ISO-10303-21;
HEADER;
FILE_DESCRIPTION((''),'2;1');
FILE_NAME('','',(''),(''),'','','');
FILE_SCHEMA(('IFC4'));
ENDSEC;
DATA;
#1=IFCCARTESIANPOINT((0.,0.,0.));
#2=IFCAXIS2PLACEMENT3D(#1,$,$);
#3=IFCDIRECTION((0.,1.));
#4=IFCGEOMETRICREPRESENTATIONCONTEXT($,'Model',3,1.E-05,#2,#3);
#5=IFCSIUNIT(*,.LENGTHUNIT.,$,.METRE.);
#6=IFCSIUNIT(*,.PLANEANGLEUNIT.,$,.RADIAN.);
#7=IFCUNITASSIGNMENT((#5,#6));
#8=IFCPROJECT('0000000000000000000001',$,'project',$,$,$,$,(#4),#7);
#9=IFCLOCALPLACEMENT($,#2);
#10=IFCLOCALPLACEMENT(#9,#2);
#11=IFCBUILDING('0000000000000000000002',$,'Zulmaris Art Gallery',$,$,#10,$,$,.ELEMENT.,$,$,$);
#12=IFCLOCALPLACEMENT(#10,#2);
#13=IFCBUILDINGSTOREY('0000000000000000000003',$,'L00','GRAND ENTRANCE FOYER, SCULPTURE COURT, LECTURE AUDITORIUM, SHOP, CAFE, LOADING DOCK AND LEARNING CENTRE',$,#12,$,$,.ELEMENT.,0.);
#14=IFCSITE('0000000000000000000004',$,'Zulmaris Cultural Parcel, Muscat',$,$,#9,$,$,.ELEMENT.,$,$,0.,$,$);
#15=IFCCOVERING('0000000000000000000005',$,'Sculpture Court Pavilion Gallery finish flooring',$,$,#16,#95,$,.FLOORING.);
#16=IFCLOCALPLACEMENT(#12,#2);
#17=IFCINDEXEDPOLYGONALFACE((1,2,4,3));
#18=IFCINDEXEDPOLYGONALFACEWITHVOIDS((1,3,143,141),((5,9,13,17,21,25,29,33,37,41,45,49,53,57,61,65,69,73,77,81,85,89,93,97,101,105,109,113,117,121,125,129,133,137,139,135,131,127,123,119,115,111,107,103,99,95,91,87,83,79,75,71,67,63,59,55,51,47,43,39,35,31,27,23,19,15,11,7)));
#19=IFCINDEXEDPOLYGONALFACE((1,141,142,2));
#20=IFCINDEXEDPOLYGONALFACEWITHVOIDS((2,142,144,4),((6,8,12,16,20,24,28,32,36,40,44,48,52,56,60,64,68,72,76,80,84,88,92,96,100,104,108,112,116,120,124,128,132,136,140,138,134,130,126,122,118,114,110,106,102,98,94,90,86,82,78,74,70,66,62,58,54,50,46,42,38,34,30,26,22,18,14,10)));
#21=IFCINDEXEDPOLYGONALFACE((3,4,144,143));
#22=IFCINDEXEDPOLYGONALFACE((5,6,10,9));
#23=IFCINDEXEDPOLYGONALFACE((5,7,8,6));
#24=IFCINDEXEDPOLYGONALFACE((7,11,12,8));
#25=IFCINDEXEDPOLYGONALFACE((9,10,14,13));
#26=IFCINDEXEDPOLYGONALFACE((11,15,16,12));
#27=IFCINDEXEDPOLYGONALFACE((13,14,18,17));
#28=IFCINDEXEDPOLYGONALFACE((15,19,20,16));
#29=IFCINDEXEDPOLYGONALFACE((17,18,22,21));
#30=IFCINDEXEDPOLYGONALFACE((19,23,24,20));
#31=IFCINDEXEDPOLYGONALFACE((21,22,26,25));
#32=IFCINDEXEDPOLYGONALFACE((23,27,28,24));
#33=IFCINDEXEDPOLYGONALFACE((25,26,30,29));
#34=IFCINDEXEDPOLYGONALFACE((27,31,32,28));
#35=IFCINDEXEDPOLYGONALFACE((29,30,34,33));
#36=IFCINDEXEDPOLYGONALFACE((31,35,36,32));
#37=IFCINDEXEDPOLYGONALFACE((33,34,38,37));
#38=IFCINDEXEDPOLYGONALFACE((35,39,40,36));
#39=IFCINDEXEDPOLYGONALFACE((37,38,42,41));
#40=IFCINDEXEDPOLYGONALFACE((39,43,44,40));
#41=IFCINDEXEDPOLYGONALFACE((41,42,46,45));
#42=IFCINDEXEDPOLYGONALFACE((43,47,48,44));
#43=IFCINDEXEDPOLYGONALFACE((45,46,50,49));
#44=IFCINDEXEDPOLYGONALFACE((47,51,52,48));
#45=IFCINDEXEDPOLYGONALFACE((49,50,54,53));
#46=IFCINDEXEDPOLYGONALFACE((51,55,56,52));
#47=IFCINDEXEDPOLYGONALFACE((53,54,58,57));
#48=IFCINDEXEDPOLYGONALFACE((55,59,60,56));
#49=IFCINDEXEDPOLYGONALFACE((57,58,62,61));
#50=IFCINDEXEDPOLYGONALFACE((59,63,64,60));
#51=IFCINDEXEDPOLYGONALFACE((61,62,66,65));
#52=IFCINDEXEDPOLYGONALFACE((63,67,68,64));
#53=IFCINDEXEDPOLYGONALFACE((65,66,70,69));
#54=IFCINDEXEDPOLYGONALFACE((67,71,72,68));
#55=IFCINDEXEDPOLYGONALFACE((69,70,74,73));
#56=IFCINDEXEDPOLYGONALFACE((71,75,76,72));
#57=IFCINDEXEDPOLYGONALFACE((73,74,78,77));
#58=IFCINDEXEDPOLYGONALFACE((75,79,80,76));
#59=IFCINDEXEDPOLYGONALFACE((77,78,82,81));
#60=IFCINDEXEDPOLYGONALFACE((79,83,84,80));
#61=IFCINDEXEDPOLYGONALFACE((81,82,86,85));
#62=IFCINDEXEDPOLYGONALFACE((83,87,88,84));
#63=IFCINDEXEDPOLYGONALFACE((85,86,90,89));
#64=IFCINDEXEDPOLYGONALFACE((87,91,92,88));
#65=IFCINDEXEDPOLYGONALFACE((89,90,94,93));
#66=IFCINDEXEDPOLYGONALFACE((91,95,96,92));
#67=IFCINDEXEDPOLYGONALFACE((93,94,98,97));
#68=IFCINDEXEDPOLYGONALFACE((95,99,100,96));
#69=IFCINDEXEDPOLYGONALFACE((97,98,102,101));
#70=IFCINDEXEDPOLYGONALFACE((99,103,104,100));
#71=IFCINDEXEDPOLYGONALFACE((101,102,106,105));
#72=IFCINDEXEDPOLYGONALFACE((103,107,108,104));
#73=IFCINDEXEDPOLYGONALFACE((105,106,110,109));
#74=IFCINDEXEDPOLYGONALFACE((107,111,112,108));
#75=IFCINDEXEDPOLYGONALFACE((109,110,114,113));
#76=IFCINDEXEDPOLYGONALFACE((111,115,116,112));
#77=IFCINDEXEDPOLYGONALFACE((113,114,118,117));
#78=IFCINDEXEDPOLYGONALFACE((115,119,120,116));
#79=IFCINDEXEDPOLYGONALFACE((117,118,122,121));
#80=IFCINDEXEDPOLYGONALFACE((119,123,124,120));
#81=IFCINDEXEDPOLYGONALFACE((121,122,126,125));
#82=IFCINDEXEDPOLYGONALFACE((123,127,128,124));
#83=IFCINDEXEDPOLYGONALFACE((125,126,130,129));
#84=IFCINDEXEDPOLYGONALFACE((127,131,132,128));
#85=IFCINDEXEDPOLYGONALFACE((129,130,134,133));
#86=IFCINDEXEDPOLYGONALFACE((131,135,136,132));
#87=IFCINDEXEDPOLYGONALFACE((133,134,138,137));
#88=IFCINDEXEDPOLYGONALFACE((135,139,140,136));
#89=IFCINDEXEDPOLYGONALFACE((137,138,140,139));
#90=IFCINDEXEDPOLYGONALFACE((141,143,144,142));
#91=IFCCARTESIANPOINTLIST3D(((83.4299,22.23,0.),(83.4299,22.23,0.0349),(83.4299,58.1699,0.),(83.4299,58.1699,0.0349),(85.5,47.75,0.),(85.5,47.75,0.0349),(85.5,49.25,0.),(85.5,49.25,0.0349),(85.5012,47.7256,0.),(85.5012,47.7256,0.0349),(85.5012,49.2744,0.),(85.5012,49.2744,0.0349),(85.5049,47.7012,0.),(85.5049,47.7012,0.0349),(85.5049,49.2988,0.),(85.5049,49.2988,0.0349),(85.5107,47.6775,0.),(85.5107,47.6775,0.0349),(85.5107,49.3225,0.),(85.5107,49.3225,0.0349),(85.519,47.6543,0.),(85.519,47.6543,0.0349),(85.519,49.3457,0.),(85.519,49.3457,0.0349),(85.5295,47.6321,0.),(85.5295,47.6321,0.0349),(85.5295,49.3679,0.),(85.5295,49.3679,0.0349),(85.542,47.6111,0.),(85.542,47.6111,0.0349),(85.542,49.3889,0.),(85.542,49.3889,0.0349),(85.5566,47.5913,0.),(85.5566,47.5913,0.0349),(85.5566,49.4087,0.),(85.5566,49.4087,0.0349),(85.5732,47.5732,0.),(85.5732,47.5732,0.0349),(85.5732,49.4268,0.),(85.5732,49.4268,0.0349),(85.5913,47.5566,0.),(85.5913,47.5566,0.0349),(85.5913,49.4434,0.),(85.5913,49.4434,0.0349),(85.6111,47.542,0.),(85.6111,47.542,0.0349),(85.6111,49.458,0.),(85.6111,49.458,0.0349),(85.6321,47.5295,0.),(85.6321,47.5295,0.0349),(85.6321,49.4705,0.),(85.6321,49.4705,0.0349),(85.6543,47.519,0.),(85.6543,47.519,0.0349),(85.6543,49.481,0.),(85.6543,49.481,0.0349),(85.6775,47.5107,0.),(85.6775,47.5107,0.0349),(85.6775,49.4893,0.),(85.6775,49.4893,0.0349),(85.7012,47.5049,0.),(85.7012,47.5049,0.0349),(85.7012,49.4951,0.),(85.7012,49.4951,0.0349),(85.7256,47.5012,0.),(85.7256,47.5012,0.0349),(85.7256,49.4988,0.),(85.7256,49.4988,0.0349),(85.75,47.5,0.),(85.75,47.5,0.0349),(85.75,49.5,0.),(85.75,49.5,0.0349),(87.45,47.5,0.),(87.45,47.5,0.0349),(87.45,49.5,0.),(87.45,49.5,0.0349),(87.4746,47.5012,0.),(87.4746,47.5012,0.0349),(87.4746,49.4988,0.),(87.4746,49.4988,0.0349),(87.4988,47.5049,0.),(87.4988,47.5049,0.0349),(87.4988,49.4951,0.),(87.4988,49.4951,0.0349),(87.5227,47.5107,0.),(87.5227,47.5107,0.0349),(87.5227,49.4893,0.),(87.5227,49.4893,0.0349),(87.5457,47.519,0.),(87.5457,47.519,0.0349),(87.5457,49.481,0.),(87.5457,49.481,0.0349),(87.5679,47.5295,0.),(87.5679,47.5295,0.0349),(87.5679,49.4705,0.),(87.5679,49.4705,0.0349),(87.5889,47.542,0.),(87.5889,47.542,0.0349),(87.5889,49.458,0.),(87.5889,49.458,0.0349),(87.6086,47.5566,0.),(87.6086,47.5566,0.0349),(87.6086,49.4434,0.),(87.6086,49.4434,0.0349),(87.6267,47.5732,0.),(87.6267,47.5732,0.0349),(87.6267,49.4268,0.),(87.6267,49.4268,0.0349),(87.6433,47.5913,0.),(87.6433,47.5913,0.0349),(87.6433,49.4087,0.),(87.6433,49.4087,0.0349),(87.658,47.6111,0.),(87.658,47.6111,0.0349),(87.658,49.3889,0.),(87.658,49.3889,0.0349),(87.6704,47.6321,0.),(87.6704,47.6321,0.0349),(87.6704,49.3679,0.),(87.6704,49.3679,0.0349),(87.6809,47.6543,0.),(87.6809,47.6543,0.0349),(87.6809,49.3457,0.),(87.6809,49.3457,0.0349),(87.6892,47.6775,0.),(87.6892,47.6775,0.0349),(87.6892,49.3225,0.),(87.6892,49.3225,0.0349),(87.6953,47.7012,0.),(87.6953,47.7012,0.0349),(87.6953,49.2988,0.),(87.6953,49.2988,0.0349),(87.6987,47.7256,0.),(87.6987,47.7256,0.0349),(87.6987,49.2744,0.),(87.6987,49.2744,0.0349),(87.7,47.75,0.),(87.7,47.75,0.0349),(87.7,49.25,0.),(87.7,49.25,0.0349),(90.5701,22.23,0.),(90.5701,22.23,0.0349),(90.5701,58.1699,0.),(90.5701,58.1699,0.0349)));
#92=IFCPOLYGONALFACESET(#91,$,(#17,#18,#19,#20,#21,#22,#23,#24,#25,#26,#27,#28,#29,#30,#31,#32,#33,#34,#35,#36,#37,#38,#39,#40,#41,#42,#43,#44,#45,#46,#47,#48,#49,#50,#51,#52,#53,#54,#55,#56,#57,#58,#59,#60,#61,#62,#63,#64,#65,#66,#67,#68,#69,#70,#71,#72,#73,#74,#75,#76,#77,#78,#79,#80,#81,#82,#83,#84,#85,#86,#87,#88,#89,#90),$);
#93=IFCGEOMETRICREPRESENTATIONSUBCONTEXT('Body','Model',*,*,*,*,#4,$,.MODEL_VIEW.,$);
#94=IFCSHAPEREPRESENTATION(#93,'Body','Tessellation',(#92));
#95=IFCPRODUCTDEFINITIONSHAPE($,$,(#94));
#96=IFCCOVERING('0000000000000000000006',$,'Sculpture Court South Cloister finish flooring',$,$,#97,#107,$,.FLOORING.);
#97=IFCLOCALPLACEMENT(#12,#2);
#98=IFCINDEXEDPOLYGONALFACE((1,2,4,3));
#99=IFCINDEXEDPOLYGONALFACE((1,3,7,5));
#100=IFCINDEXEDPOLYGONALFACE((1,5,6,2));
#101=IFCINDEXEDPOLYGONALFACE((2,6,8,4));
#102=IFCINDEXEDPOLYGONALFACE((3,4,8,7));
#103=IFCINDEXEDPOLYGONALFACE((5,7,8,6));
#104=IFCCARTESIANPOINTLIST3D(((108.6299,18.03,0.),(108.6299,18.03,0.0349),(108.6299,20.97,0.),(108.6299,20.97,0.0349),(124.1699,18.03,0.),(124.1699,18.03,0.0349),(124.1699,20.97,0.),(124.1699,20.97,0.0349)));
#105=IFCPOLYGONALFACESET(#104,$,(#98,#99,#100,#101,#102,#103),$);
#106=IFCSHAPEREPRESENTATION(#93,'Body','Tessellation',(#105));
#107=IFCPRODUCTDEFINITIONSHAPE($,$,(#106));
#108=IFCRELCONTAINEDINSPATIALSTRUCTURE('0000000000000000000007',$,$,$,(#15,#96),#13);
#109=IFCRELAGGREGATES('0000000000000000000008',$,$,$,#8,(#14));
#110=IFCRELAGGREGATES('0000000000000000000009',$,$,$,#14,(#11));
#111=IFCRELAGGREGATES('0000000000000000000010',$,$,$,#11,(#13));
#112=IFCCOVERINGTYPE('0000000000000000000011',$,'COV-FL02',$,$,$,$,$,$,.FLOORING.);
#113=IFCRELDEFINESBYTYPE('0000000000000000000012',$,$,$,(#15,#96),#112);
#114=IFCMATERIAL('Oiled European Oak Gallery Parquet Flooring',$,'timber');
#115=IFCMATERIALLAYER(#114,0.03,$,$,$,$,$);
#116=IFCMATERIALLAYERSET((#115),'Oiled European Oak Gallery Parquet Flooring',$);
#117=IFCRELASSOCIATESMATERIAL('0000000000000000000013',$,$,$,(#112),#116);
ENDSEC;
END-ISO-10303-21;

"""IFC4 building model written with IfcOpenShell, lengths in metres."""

from ifc_helpers import new_model, si_unit, direction, origin, place, context, subcontext, project, spatial, polyline, outline, extrude, material, layer, layer_set, type_object, element, save


model = new_model("IFC4")

# Units and contexts
model_context = context("Model", 3, precision=1e-05, world=origin(), true_north=direction((0.0, 1.0)))
body_context = subcontext(model_context, "Body", "Model", "MODEL_VIEW")
ifc_project = project(units=[si_unit("LENGTHUNIT", "METRE"), si_unit("PLANEANGLEUNIT", "RADIAN")], contexts=[model_context])

# Site, building, storey
site_placement = place(None, origin())
site = spatial("IfcSite", under=ifc_project, at=site_placement, Name="Zulmaris Cultural Parcel, Muscat", CompositionType="ELEMENT", RefElevation=0.0)
building_placement = place(site_placement, origin())
building = spatial("IfcBuilding", under=site, at=building_placement, Name="Zulmaris Art Gallery", CompositionType="ELEMENT")
storey_placement = place(building_placement, origin())
storey = spatial("IfcBuildingStorey", under=building, at=storey_placement, Name="L00", Description="GRAND ENTRANCE FOYER, SCULPTURE COURT, LECTURE AUDITORIUM, SHOP, CAFE, LOADING DOCK AND LEARNING CENTRE", CompositionType="ELEMENT", Elevation=0.0)

# Coverings
ifc_material_1 = material(Name="Oiled European Oak Gallery Parquet Flooring", Category="timber")
ifc_layer_1 = layer(ifc_material_1, 0.03)
ifc_layer_set_1 = layer_set([ifc_layer_1], Name="Oiled European Oak Gallery Parquet Flooring")
covering_type_1 = type_object("IfcCoveringType", Name="COV-FL02", PredefinedType="FLOORING", material=ifc_layer_set_1)
covering_1_placement = place(storey_placement, origin())
element("IfcCovering", 1, at=covering_1_placement, inside=storey, type_object=covering_type_1, Name="Sculpture Court Pavilion Gallery finish flooring", PredefinedType="FLOORING", context=body_context, shape_type="SweptSolid", body=[
    extrude(outline(polyline([(90.5701, 22.23), (83.4299, 22.23), (83.4299, 58.1699), (90.5701, 58.1699), (90.5701, 22.23)]), holes=[polyline([(85.7256, 49.4988), (85.7012, 49.4951), (85.6775, 49.4893), (85.6543, 49.481), (85.6321, 49.4705), (85.6111, 49.458), (85.5913, 49.4434), (85.5732, 49.4268), (85.5566, 49.4087), (85.542, 49.3889), (85.5295, 49.3679), (85.519, 49.3457), (85.5107, 49.3225), (85.5049, 49.2988), (85.5012, 49.2744), (85.5, 49.25), (85.5, 47.75), (85.5012, 47.7256), (85.5049, 47.7012), (85.5107, 47.6775), (85.519, 47.6543), (85.5295, 47.6321), (85.542, 47.6111), (85.5566, 47.5913), (85.5732, 47.5732), (85.5913, 47.5566), (85.6111, 47.542), (85.6321, 47.5295), (85.6543, 47.519), (85.6775, 47.5107), (85.7012, 47.5049), (85.7256, 47.5012), (85.75, 47.5), (87.45, 47.5), (87.4746, 47.5012), (87.4988, 47.5049), (87.5227, 47.5107), (87.5457, 47.519), (87.5679, 47.5295), (87.5889, 47.542), (87.6086, 47.5566), (87.6267, 47.5732), (87.6433, 47.5913), (87.658, 47.6111), (87.6704, 47.6321), (87.6809, 47.6543), (87.6892, 47.6775), (87.6953, 47.7012), (87.6987, 47.7256), (87.7, 47.75), (87.7, 49.25), (87.6987, 49.2744), (87.6953, 49.2988), (87.6892, 49.3225), (87.6809, 49.3457), (87.6704, 49.3679), (87.658, 49.3889), (87.6433, 49.4087), (87.6267, 49.4268), (87.6086, 49.4434), (87.5889, 49.458), (87.5679, 49.4705), (87.5457, 49.481), (87.5227, 49.4893), (87.4988, 49.4951), (87.4746, 49.4988), (87.45, 49.5), (85.75, 49.5), (85.7256, 49.4988)])]), origin(), (0.0, 0.0, 1.0), 0.0349),
])
covering_2_placement = place(storey_placement, origin())
element("IfcCovering", 2, at=covering_2_placement, inside=storey, type_object=covering_type_1, Name="Sculpture Court South Cloister finish flooring", PredefinedType="FLOORING", context=body_context, shape_type="SweptSolid", body=[
    extrude(outline(polyline([(124.1699, 18.03), (108.6299, 18.03), (108.6299, 20.97), (124.1699, 20.97), (124.1699, 18.03)])), origin(), (0.0, 0.0, 1.0), 0.0349),
])

save(model, "model.ifc")
